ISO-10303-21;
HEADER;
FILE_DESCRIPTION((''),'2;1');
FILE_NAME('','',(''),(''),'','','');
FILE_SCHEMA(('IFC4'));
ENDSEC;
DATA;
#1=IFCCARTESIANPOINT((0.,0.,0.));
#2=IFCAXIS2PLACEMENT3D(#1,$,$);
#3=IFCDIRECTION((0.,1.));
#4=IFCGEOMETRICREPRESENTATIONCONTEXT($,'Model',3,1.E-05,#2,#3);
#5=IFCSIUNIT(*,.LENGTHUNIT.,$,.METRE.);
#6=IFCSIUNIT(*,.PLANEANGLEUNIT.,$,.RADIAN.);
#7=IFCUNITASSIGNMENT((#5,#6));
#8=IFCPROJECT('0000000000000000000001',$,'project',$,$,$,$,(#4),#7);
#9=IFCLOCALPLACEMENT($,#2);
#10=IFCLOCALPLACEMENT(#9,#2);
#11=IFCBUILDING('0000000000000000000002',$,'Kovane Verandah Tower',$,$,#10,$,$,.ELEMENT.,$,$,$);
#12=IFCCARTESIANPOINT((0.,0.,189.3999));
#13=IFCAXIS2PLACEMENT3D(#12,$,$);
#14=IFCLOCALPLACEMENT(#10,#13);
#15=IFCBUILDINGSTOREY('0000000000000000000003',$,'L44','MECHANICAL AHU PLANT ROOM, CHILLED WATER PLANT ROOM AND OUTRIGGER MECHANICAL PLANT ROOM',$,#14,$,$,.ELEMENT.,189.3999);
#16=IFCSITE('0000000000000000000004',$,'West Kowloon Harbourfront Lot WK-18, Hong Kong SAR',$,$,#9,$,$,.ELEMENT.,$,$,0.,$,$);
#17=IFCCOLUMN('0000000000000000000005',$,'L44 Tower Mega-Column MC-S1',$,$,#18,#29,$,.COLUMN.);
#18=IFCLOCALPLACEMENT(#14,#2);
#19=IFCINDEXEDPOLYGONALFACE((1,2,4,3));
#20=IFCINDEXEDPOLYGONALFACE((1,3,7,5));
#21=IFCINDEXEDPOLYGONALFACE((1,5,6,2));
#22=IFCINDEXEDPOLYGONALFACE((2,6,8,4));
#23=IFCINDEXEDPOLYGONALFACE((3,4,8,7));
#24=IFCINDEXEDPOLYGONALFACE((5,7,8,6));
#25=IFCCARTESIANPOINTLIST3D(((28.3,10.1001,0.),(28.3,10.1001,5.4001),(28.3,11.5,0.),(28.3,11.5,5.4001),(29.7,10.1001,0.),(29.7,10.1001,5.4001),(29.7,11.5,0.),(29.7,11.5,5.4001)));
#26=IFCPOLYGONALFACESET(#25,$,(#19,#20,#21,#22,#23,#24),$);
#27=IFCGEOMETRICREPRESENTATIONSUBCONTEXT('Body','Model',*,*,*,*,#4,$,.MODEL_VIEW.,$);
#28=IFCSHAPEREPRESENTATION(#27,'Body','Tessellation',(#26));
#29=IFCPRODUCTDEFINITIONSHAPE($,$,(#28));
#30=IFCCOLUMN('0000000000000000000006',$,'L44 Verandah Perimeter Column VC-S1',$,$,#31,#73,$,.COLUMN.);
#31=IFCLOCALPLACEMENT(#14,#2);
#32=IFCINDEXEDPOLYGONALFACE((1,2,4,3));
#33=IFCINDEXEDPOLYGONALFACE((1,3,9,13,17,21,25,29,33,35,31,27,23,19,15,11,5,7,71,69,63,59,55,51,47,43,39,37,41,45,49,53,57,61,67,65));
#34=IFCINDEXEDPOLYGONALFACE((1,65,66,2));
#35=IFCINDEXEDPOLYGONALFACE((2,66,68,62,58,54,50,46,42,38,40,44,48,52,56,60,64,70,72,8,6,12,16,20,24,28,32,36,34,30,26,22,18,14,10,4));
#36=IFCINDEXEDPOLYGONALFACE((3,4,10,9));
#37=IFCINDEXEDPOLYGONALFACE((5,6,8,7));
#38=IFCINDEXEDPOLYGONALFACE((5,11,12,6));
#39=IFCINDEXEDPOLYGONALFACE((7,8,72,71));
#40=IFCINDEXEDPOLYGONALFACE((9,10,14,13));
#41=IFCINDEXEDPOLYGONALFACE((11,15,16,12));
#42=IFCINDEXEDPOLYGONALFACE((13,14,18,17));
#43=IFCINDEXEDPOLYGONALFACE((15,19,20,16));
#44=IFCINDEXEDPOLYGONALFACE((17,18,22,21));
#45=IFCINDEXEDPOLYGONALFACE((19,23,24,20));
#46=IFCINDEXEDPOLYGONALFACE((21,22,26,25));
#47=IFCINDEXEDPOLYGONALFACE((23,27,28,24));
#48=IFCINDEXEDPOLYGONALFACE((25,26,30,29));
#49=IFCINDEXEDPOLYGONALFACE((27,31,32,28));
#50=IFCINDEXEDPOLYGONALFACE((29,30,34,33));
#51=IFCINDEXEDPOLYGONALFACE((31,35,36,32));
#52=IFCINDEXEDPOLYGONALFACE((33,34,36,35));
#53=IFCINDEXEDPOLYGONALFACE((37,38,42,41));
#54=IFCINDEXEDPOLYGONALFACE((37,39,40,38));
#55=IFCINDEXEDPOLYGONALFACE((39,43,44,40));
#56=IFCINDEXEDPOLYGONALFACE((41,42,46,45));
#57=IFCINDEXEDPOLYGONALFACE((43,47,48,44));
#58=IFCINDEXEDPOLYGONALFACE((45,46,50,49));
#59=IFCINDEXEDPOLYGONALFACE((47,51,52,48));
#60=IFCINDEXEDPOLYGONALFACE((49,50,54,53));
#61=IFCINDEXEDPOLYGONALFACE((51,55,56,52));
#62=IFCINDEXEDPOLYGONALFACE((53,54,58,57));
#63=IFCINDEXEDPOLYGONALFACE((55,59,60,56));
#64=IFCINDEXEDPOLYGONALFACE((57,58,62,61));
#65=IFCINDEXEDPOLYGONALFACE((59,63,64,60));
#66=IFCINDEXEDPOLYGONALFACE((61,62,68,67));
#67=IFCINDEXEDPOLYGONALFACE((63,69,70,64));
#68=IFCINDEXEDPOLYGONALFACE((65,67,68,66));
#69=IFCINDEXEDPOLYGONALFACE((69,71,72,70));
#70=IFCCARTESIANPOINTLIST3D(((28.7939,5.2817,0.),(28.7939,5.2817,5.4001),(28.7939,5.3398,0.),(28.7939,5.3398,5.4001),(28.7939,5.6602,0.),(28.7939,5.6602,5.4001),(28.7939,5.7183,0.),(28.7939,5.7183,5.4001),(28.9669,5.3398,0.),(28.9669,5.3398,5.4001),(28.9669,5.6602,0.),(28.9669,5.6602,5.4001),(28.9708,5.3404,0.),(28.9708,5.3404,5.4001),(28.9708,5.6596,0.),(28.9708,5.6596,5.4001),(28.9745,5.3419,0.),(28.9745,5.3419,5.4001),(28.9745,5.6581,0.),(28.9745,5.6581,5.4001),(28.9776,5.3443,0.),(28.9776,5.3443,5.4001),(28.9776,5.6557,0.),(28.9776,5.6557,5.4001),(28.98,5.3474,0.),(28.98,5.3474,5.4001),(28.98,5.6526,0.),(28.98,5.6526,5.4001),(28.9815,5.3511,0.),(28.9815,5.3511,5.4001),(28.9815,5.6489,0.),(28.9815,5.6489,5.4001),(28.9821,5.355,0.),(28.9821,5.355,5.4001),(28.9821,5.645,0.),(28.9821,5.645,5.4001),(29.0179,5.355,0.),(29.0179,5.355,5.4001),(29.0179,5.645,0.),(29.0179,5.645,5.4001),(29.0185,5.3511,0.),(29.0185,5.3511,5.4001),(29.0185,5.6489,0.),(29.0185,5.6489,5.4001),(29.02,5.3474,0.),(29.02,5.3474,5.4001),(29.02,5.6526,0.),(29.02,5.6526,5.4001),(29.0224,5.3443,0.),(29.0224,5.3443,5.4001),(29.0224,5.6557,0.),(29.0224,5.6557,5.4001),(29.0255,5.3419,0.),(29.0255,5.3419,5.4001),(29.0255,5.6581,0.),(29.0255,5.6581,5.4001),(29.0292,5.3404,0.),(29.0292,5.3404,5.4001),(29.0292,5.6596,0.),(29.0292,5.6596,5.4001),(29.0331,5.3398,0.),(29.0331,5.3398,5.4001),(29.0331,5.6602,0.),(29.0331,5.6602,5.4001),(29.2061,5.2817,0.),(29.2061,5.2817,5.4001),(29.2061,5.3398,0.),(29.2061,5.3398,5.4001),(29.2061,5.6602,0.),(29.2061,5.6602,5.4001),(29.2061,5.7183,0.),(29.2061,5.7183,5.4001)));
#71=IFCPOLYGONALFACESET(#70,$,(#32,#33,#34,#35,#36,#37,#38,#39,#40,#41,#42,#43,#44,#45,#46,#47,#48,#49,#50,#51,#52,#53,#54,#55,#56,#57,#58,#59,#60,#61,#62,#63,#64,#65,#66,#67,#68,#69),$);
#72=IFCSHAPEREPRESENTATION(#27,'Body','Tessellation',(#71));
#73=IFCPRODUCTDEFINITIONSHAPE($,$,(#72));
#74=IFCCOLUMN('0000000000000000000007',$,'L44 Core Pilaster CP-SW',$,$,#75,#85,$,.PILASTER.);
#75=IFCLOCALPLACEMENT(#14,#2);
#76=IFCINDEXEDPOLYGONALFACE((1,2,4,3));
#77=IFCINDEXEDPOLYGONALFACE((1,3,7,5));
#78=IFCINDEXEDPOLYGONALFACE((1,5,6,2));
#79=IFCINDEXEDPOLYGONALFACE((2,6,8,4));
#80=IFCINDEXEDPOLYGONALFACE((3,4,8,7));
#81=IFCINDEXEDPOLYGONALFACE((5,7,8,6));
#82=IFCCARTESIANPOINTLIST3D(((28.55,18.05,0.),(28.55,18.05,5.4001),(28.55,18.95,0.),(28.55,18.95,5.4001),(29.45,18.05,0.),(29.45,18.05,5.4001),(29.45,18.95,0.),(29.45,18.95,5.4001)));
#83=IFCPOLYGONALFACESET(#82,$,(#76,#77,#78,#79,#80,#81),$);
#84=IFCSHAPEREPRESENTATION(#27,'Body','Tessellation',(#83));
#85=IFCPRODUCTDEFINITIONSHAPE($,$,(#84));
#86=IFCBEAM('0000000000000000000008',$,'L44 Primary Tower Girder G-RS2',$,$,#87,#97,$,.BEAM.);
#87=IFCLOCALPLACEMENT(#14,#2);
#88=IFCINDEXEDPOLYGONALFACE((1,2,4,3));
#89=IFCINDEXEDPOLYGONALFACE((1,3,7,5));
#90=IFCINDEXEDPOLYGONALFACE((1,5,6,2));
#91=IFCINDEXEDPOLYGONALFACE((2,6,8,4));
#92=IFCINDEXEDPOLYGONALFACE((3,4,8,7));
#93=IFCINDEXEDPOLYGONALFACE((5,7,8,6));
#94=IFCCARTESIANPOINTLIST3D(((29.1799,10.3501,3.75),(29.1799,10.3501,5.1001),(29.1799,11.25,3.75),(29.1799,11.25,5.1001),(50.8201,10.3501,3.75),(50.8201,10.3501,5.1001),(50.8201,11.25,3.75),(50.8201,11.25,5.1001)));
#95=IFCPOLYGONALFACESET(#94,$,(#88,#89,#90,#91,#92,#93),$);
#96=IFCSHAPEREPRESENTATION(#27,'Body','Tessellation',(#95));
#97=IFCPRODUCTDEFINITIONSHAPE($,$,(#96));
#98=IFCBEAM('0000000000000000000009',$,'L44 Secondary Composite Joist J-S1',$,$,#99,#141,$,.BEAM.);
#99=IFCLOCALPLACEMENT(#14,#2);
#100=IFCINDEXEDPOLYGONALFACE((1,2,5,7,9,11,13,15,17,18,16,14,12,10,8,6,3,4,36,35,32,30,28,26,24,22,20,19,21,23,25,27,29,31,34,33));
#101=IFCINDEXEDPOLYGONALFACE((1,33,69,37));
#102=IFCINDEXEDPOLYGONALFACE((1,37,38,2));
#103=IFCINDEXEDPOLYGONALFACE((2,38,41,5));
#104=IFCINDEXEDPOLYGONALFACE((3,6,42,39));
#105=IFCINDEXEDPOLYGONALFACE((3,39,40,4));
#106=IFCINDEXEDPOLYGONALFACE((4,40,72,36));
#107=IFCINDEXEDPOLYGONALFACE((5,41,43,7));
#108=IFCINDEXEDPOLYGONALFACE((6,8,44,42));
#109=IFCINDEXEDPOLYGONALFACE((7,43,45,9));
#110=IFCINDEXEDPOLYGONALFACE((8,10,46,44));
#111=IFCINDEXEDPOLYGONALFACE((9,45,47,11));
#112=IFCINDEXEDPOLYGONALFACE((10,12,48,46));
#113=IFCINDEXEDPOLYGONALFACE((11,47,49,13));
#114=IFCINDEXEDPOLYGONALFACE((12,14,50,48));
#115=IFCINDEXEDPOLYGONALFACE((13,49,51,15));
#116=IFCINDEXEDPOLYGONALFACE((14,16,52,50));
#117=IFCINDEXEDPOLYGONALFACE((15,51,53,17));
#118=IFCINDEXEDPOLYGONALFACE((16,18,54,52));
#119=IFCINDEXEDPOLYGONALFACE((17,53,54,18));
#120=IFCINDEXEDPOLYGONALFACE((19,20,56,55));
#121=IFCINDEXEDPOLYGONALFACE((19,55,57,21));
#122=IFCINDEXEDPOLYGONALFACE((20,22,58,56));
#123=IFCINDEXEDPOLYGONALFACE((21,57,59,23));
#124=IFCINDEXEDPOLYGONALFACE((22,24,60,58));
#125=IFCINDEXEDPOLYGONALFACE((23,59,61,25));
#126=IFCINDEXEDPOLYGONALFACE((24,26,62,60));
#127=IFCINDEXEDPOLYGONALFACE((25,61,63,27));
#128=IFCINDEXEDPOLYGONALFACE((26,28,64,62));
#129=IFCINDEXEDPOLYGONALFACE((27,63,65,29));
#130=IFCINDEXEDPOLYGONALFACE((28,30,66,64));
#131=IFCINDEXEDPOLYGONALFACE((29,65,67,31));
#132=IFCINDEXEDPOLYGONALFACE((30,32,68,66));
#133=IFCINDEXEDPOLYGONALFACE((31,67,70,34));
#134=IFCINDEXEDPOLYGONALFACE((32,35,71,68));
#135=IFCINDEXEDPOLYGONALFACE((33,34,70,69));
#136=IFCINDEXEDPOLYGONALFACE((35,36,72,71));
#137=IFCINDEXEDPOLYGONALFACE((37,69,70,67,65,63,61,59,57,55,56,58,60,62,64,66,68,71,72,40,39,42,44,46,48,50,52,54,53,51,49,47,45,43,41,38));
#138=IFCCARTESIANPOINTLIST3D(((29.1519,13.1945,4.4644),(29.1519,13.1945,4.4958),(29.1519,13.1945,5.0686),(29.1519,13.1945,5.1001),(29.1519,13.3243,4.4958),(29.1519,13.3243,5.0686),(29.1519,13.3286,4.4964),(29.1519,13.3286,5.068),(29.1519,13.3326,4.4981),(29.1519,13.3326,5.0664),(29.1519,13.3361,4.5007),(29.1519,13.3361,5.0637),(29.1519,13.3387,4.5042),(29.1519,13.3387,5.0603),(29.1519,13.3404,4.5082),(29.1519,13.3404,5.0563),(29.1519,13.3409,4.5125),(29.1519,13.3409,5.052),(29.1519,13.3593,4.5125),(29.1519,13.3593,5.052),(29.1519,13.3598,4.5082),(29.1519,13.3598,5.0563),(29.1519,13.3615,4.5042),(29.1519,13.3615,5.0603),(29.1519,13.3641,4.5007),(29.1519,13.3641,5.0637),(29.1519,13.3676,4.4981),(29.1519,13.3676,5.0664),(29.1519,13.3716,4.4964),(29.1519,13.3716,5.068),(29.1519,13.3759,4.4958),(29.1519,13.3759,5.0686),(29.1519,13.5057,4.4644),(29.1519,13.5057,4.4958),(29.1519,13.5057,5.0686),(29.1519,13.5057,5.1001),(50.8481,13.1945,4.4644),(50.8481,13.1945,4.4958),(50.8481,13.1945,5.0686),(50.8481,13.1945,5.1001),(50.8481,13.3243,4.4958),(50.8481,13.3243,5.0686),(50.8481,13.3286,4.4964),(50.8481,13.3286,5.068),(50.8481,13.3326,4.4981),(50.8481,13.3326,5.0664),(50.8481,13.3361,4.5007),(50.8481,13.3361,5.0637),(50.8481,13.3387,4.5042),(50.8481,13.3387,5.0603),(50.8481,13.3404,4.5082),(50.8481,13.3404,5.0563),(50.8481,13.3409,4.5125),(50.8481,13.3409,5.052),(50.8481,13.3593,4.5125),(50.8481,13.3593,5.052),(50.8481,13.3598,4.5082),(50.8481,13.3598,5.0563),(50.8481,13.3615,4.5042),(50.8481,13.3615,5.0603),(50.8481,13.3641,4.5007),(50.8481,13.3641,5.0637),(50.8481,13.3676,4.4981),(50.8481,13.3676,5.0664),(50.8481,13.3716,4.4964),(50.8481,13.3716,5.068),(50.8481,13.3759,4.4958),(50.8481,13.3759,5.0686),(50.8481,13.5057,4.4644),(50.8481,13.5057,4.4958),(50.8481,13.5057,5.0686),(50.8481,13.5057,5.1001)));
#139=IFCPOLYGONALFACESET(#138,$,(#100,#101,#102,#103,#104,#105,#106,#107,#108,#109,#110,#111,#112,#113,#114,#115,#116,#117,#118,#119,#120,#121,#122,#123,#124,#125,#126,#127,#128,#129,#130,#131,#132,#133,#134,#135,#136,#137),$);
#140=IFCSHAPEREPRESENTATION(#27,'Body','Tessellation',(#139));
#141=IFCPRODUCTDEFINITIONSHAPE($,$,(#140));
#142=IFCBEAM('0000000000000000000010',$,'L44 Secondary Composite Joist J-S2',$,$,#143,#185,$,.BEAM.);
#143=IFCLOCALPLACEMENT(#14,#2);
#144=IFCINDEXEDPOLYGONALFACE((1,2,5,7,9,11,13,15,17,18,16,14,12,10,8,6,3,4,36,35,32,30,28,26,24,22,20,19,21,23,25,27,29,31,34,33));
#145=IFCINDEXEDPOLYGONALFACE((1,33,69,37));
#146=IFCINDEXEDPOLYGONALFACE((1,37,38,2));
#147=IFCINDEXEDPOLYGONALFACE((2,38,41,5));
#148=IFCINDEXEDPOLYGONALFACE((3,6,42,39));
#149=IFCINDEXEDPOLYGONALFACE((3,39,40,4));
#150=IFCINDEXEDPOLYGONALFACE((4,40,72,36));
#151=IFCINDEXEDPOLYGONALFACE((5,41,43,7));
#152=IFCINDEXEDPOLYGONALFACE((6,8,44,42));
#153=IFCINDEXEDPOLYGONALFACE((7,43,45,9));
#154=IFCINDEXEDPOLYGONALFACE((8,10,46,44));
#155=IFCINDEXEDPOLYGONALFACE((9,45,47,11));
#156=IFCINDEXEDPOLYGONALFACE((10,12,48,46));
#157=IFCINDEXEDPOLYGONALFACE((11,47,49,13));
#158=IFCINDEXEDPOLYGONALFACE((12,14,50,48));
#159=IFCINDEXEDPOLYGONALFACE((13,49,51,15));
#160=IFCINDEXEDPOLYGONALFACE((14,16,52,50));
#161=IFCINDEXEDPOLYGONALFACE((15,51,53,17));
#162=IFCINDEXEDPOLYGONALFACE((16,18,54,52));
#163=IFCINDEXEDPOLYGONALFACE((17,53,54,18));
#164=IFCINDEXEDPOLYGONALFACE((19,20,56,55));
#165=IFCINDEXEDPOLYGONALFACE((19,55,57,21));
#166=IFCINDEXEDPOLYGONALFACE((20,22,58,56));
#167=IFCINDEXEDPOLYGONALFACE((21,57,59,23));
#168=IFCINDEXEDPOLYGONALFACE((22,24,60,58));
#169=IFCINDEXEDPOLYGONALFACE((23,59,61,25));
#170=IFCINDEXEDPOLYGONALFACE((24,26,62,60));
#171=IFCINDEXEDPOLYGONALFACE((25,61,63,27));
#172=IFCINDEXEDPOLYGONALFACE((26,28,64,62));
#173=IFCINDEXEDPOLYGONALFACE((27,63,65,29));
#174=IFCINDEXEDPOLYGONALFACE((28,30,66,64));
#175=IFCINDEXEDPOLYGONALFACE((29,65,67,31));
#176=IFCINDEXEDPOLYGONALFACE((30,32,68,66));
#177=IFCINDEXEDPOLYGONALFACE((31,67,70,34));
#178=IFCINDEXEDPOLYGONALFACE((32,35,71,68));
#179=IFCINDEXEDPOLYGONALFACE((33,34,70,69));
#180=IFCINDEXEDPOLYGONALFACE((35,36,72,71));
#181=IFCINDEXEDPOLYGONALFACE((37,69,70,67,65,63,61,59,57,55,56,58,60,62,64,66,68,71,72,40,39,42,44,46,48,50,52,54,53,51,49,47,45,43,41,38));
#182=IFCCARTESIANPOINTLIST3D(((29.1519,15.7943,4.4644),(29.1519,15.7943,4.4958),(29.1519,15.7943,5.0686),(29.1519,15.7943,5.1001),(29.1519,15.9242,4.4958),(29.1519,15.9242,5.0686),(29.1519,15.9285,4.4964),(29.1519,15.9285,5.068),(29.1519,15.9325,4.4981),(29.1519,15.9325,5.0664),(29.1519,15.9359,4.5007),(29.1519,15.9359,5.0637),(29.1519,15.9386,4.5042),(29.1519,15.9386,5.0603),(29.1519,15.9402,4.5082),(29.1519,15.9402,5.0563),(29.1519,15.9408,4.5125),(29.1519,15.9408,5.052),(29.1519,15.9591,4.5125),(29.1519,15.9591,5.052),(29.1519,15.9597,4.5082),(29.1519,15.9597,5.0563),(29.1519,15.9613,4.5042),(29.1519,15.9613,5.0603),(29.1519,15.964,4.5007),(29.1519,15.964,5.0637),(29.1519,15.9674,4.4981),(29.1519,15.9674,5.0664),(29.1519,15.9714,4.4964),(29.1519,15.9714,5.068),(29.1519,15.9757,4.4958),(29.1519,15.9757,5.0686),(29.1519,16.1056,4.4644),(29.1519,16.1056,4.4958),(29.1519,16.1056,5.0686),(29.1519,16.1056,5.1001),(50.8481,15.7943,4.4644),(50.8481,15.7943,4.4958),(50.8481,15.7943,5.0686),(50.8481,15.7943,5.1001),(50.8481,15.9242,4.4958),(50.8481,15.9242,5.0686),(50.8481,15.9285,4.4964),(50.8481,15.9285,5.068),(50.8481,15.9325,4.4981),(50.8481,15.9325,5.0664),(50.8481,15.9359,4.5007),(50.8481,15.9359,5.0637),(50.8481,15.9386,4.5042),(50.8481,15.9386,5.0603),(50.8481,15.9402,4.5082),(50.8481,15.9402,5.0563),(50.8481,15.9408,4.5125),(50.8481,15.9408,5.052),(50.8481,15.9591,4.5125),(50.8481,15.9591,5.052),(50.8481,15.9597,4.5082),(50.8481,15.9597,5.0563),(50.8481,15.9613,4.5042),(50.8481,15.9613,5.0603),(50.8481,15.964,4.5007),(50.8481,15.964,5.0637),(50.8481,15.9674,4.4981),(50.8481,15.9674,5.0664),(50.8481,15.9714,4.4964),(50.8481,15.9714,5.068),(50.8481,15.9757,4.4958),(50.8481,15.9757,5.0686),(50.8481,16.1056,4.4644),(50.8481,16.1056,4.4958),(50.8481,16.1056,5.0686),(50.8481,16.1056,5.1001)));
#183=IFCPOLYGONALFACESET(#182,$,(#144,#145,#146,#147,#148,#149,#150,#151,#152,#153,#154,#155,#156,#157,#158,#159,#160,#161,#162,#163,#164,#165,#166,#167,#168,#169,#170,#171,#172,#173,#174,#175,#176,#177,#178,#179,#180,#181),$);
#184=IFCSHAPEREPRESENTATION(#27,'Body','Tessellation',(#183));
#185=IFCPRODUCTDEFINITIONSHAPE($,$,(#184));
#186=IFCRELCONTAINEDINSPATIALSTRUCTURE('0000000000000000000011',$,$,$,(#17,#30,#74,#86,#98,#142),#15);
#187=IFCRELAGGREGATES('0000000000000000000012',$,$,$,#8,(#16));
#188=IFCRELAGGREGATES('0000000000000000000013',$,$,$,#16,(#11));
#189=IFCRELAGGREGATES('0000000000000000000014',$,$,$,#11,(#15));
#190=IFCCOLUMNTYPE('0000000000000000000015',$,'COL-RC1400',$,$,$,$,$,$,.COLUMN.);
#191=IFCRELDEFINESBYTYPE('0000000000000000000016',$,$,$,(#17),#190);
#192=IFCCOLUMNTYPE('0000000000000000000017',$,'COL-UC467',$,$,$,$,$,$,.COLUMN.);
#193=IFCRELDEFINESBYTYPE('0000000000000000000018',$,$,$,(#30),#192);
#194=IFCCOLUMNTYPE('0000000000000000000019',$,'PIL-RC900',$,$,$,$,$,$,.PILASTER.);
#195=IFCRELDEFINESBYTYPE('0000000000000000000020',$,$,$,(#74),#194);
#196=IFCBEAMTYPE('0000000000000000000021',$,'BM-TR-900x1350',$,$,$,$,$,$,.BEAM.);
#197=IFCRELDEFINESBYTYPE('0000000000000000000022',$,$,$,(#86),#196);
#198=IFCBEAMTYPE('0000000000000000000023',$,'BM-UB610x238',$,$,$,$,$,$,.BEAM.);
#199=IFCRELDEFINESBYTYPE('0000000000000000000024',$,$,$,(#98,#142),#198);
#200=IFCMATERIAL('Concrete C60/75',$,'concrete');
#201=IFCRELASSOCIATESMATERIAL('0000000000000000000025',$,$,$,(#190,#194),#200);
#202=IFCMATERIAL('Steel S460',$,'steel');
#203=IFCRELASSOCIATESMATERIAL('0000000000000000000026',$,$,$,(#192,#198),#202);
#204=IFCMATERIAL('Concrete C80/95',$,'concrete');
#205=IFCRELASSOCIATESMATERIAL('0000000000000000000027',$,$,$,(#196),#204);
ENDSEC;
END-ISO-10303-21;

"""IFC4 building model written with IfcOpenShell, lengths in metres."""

from ifc_helpers import new_model, si_unit, direction, frame, origin, origin_2d, place, context, subcontext, project, spatial, rectangle, i_section, extrude, material, material_profile, profile_set, type_object, element, save


model = new_model("IFC4")

# Units and contexts
model_context = context("Model", 3, precision=1e-05, world=origin(), true_north=direction((0.0, 1.0)))
body_context = subcontext(model_context, "Body", "Model", "MODEL_VIEW")
ifc_project = project(units=[si_unit("LENGTHUNIT", "METRE"), si_unit("PLANEANGLEUNIT", "RADIAN")], contexts=[model_context])

# Site, building, storey
site_placement = place(None, origin())
site = spatial("IfcSite", under=ifc_project, at=site_placement, Name="West Kowloon Harbourfront Lot WK-18, Hong Kong SAR", CompositionType="ELEMENT", RefElevation=0.0)
building_placement = place(site_placement, origin())
building = spatial("IfcBuilding", under=site, at=building_placement, Name="Kovane Verandah Tower", CompositionType="ELEMENT")
storey_placement = place(building_placement, frame((0.0, 0.0, 189.3999)))
storey = spatial("IfcBuildingStorey", under=building, at=storey_placement, Name="L44", Description="MECHANICAL AHU PLANT ROOM, CHILLED WATER PLANT ROOM AND OUTRIGGER MECHANICAL PLANT ROOM", CompositionType="ELEMENT", Elevation=189.3999)

# Columns
ifc_material_1 = material(Name="Concrete C60/75", Category="concrete")
ifc_material_profile_1 = material_profile(ifc_material_1, rectangle(XDim=1.3999, YDim=1.3999, at=origin_2d()), Name="RC1400x1400")
ifc_profile_set_1 = profile_set([ifc_material_profile_1], Name="Concrete C60/75")
column_type_1 = type_object("IfcColumnType", Name="COL-RC1400", PredefinedType="COLUMN", material=ifc_profile_set_1)
column_1_placement = place(storey_placement, frame((29.0, 10.8, 0.0), z_axis=(0.0, 0.0, 1.0), x_axis=(1.0, 0.0, 0.0)))
element("IfcColumn", 1, at=column_1_placement, inside=storey, type_object=column_type_1, Name="L44 Tower Mega-Column MC-S1", PredefinedType="COLUMN", context=body_context, shape_type="SweptSolid", body=[
    extrude(rectangle(XDim=1.3999, YDim=1.3999, at=origin_2d()), origin(), (0.0, 0.0, 1.0), 5.4001),
])
ifc_material_2 = material(Name="Steel S460", Category="steel")
ifc_material_profile_2 = material_profile(ifc_material_2, i_section(OverallWidth=0.4121, OverallDepth=0.4365, WebThickness=0.0359, FlangeThickness=0.0581, FilletRadius=0.0151, at=origin_2d()), Name="UC356x406x467")
ifc_profile_set_2 = profile_set([ifc_material_profile_2], Name="Steel S460")
column_type_2 = type_object("IfcColumnType", Name="COL-UC467", PredefinedType="COLUMN", material=ifc_profile_set_2)
column_2_placement = place(storey_placement, frame((29.0, 5.5, 0.0), z_axis=(0.0, 0.0, 1.0), x_axis=(1.0, 0.0, 0.0)))
element("IfcColumn", 2, at=column_2_placement, inside=storey, type_object=column_type_2, Name="L44 Verandah Perimeter Column VC-S1", PredefinedType="COLUMN", context=body_context, shape_type="SweptSolid", body=[
    extrude(i_section(OverallWidth=0.4121, OverallDepth=0.4365, WebThickness=0.0359, FlangeThickness=0.0581, FilletRadius=0.0151, at=origin_2d()), origin(), (0.0, 0.0, 1.0), 5.4001),
])
ifc_material_profile_3 = material_profile(ifc_material_1, rectangle(XDim=0.8999, YDim=0.8999, at=origin_2d()), Name="RC900x900")
ifc_profile_set_3 = profile_set([ifc_material_profile_3], Name="Concrete C60/75")
column_type_3 = type_object("IfcColumnType", Name="PIL-RC900", PredefinedType="PILASTER", material=ifc_profile_set_3)
column_3_placement = place(storey_placement, frame((29.0, 18.5, 0.0), z_axis=(0.0, 0.0, 1.0), x_axis=(1.0, 0.0, 0.0)))
element("IfcColumn", 3, at=column_3_placement, inside=storey, type_object=column_type_3, Name="L44 Core Pilaster CP-SW", PredefinedType="PILASTER", context=body_context, shape_type="SweptSolid", body=[
    extrude(rectangle(XDim=0.8999, YDim=0.8999, at=origin_2d()), origin(), (0.0, 0.0, 1.0), 5.4001),
])

# Beams
ifc_material_3 = material(Name="Concrete C80/95", Category="concrete")
ifc_material_profile_4 = material_profile(ifc_material_3, rectangle(XDim=0.8999, YDim=1.3501, at=origin_2d()), Name="RCB900x1350")
ifc_profile_set_4 = profile_set([ifc_material_profile_4], Name="Concrete C80/95")
beam_type_1 = type_object("IfcBeamType", Name="BM-TR-900x1350", PredefinedType="BEAM", material=ifc_profile_set_4)
beam_1_placement = place(storey_placement, frame((29.1799, 10.8, 4.425), z_axis=(1.0, 0.0, 0.0), x_axis=(0.0, 1.0, 0.0)))
element("IfcBeam", 4, at=beam_1_placement, inside=storey, type_object=beam_type_1, Name="L44 Primary Tower Girder G-RS2", PredefinedType="BEAM", context=body_context, shape_type="SweptSolid", body=[
    extrude(rectangle(XDim=0.8999, YDim=1.3501, at=origin_2d()), origin(), (0.0, 0.0, 1.0), 21.6401),
])
ifc_material_profile_5 = material_profile(ifc_material_2, i_section(OverallWidth=0.3113, OverallDepth=0.6357, WebThickness=0.0183, FlangeThickness=0.0315, FilletRadius=0.0166, at=origin_2d()), Name="UB610x305x238")
ifc_profile_set_5 = profile_set([ifc_material_profile_5], Name="Steel S460")
beam_type_2 = type_object("IfcBeamType", Name="BM-UB610x238", PredefinedType="BEAM", material=ifc_profile_set_5)
for number, where, z_axis, x_axis, name in (
    (5, (29.1519, 13.3501, 4.7822), (1.0, 0.0, 0.0), (0.0, 1.0, 0.0), "L44 Secondary Composite Joist J-S1"),
    (6, (29.1519, 15.95, 4.7822), (1.0, 0.0, 0.0), (0.0, 1.0, 0.0), "L44 Secondary Composite Joist J-S2"),
):
    element("IfcBeam", number, at=place(storey_placement, frame(where, z_axis=z_axis, x_axis=x_axis)), inside=storey, type_object=beam_type_2, Name=name, PredefinedType="BEAM", context=body_context, shape_type="SweptSolid", body=[
        extrude(i_section(OverallWidth=0.3113, OverallDepth=0.6357, WebThickness=0.0183, FlangeThickness=0.0315, FilletRadius=0.0166, at=origin_2d()), origin(), (0.0, 0.0, 1.0), 21.6963),
    ])

save(model, "model.ifc")
